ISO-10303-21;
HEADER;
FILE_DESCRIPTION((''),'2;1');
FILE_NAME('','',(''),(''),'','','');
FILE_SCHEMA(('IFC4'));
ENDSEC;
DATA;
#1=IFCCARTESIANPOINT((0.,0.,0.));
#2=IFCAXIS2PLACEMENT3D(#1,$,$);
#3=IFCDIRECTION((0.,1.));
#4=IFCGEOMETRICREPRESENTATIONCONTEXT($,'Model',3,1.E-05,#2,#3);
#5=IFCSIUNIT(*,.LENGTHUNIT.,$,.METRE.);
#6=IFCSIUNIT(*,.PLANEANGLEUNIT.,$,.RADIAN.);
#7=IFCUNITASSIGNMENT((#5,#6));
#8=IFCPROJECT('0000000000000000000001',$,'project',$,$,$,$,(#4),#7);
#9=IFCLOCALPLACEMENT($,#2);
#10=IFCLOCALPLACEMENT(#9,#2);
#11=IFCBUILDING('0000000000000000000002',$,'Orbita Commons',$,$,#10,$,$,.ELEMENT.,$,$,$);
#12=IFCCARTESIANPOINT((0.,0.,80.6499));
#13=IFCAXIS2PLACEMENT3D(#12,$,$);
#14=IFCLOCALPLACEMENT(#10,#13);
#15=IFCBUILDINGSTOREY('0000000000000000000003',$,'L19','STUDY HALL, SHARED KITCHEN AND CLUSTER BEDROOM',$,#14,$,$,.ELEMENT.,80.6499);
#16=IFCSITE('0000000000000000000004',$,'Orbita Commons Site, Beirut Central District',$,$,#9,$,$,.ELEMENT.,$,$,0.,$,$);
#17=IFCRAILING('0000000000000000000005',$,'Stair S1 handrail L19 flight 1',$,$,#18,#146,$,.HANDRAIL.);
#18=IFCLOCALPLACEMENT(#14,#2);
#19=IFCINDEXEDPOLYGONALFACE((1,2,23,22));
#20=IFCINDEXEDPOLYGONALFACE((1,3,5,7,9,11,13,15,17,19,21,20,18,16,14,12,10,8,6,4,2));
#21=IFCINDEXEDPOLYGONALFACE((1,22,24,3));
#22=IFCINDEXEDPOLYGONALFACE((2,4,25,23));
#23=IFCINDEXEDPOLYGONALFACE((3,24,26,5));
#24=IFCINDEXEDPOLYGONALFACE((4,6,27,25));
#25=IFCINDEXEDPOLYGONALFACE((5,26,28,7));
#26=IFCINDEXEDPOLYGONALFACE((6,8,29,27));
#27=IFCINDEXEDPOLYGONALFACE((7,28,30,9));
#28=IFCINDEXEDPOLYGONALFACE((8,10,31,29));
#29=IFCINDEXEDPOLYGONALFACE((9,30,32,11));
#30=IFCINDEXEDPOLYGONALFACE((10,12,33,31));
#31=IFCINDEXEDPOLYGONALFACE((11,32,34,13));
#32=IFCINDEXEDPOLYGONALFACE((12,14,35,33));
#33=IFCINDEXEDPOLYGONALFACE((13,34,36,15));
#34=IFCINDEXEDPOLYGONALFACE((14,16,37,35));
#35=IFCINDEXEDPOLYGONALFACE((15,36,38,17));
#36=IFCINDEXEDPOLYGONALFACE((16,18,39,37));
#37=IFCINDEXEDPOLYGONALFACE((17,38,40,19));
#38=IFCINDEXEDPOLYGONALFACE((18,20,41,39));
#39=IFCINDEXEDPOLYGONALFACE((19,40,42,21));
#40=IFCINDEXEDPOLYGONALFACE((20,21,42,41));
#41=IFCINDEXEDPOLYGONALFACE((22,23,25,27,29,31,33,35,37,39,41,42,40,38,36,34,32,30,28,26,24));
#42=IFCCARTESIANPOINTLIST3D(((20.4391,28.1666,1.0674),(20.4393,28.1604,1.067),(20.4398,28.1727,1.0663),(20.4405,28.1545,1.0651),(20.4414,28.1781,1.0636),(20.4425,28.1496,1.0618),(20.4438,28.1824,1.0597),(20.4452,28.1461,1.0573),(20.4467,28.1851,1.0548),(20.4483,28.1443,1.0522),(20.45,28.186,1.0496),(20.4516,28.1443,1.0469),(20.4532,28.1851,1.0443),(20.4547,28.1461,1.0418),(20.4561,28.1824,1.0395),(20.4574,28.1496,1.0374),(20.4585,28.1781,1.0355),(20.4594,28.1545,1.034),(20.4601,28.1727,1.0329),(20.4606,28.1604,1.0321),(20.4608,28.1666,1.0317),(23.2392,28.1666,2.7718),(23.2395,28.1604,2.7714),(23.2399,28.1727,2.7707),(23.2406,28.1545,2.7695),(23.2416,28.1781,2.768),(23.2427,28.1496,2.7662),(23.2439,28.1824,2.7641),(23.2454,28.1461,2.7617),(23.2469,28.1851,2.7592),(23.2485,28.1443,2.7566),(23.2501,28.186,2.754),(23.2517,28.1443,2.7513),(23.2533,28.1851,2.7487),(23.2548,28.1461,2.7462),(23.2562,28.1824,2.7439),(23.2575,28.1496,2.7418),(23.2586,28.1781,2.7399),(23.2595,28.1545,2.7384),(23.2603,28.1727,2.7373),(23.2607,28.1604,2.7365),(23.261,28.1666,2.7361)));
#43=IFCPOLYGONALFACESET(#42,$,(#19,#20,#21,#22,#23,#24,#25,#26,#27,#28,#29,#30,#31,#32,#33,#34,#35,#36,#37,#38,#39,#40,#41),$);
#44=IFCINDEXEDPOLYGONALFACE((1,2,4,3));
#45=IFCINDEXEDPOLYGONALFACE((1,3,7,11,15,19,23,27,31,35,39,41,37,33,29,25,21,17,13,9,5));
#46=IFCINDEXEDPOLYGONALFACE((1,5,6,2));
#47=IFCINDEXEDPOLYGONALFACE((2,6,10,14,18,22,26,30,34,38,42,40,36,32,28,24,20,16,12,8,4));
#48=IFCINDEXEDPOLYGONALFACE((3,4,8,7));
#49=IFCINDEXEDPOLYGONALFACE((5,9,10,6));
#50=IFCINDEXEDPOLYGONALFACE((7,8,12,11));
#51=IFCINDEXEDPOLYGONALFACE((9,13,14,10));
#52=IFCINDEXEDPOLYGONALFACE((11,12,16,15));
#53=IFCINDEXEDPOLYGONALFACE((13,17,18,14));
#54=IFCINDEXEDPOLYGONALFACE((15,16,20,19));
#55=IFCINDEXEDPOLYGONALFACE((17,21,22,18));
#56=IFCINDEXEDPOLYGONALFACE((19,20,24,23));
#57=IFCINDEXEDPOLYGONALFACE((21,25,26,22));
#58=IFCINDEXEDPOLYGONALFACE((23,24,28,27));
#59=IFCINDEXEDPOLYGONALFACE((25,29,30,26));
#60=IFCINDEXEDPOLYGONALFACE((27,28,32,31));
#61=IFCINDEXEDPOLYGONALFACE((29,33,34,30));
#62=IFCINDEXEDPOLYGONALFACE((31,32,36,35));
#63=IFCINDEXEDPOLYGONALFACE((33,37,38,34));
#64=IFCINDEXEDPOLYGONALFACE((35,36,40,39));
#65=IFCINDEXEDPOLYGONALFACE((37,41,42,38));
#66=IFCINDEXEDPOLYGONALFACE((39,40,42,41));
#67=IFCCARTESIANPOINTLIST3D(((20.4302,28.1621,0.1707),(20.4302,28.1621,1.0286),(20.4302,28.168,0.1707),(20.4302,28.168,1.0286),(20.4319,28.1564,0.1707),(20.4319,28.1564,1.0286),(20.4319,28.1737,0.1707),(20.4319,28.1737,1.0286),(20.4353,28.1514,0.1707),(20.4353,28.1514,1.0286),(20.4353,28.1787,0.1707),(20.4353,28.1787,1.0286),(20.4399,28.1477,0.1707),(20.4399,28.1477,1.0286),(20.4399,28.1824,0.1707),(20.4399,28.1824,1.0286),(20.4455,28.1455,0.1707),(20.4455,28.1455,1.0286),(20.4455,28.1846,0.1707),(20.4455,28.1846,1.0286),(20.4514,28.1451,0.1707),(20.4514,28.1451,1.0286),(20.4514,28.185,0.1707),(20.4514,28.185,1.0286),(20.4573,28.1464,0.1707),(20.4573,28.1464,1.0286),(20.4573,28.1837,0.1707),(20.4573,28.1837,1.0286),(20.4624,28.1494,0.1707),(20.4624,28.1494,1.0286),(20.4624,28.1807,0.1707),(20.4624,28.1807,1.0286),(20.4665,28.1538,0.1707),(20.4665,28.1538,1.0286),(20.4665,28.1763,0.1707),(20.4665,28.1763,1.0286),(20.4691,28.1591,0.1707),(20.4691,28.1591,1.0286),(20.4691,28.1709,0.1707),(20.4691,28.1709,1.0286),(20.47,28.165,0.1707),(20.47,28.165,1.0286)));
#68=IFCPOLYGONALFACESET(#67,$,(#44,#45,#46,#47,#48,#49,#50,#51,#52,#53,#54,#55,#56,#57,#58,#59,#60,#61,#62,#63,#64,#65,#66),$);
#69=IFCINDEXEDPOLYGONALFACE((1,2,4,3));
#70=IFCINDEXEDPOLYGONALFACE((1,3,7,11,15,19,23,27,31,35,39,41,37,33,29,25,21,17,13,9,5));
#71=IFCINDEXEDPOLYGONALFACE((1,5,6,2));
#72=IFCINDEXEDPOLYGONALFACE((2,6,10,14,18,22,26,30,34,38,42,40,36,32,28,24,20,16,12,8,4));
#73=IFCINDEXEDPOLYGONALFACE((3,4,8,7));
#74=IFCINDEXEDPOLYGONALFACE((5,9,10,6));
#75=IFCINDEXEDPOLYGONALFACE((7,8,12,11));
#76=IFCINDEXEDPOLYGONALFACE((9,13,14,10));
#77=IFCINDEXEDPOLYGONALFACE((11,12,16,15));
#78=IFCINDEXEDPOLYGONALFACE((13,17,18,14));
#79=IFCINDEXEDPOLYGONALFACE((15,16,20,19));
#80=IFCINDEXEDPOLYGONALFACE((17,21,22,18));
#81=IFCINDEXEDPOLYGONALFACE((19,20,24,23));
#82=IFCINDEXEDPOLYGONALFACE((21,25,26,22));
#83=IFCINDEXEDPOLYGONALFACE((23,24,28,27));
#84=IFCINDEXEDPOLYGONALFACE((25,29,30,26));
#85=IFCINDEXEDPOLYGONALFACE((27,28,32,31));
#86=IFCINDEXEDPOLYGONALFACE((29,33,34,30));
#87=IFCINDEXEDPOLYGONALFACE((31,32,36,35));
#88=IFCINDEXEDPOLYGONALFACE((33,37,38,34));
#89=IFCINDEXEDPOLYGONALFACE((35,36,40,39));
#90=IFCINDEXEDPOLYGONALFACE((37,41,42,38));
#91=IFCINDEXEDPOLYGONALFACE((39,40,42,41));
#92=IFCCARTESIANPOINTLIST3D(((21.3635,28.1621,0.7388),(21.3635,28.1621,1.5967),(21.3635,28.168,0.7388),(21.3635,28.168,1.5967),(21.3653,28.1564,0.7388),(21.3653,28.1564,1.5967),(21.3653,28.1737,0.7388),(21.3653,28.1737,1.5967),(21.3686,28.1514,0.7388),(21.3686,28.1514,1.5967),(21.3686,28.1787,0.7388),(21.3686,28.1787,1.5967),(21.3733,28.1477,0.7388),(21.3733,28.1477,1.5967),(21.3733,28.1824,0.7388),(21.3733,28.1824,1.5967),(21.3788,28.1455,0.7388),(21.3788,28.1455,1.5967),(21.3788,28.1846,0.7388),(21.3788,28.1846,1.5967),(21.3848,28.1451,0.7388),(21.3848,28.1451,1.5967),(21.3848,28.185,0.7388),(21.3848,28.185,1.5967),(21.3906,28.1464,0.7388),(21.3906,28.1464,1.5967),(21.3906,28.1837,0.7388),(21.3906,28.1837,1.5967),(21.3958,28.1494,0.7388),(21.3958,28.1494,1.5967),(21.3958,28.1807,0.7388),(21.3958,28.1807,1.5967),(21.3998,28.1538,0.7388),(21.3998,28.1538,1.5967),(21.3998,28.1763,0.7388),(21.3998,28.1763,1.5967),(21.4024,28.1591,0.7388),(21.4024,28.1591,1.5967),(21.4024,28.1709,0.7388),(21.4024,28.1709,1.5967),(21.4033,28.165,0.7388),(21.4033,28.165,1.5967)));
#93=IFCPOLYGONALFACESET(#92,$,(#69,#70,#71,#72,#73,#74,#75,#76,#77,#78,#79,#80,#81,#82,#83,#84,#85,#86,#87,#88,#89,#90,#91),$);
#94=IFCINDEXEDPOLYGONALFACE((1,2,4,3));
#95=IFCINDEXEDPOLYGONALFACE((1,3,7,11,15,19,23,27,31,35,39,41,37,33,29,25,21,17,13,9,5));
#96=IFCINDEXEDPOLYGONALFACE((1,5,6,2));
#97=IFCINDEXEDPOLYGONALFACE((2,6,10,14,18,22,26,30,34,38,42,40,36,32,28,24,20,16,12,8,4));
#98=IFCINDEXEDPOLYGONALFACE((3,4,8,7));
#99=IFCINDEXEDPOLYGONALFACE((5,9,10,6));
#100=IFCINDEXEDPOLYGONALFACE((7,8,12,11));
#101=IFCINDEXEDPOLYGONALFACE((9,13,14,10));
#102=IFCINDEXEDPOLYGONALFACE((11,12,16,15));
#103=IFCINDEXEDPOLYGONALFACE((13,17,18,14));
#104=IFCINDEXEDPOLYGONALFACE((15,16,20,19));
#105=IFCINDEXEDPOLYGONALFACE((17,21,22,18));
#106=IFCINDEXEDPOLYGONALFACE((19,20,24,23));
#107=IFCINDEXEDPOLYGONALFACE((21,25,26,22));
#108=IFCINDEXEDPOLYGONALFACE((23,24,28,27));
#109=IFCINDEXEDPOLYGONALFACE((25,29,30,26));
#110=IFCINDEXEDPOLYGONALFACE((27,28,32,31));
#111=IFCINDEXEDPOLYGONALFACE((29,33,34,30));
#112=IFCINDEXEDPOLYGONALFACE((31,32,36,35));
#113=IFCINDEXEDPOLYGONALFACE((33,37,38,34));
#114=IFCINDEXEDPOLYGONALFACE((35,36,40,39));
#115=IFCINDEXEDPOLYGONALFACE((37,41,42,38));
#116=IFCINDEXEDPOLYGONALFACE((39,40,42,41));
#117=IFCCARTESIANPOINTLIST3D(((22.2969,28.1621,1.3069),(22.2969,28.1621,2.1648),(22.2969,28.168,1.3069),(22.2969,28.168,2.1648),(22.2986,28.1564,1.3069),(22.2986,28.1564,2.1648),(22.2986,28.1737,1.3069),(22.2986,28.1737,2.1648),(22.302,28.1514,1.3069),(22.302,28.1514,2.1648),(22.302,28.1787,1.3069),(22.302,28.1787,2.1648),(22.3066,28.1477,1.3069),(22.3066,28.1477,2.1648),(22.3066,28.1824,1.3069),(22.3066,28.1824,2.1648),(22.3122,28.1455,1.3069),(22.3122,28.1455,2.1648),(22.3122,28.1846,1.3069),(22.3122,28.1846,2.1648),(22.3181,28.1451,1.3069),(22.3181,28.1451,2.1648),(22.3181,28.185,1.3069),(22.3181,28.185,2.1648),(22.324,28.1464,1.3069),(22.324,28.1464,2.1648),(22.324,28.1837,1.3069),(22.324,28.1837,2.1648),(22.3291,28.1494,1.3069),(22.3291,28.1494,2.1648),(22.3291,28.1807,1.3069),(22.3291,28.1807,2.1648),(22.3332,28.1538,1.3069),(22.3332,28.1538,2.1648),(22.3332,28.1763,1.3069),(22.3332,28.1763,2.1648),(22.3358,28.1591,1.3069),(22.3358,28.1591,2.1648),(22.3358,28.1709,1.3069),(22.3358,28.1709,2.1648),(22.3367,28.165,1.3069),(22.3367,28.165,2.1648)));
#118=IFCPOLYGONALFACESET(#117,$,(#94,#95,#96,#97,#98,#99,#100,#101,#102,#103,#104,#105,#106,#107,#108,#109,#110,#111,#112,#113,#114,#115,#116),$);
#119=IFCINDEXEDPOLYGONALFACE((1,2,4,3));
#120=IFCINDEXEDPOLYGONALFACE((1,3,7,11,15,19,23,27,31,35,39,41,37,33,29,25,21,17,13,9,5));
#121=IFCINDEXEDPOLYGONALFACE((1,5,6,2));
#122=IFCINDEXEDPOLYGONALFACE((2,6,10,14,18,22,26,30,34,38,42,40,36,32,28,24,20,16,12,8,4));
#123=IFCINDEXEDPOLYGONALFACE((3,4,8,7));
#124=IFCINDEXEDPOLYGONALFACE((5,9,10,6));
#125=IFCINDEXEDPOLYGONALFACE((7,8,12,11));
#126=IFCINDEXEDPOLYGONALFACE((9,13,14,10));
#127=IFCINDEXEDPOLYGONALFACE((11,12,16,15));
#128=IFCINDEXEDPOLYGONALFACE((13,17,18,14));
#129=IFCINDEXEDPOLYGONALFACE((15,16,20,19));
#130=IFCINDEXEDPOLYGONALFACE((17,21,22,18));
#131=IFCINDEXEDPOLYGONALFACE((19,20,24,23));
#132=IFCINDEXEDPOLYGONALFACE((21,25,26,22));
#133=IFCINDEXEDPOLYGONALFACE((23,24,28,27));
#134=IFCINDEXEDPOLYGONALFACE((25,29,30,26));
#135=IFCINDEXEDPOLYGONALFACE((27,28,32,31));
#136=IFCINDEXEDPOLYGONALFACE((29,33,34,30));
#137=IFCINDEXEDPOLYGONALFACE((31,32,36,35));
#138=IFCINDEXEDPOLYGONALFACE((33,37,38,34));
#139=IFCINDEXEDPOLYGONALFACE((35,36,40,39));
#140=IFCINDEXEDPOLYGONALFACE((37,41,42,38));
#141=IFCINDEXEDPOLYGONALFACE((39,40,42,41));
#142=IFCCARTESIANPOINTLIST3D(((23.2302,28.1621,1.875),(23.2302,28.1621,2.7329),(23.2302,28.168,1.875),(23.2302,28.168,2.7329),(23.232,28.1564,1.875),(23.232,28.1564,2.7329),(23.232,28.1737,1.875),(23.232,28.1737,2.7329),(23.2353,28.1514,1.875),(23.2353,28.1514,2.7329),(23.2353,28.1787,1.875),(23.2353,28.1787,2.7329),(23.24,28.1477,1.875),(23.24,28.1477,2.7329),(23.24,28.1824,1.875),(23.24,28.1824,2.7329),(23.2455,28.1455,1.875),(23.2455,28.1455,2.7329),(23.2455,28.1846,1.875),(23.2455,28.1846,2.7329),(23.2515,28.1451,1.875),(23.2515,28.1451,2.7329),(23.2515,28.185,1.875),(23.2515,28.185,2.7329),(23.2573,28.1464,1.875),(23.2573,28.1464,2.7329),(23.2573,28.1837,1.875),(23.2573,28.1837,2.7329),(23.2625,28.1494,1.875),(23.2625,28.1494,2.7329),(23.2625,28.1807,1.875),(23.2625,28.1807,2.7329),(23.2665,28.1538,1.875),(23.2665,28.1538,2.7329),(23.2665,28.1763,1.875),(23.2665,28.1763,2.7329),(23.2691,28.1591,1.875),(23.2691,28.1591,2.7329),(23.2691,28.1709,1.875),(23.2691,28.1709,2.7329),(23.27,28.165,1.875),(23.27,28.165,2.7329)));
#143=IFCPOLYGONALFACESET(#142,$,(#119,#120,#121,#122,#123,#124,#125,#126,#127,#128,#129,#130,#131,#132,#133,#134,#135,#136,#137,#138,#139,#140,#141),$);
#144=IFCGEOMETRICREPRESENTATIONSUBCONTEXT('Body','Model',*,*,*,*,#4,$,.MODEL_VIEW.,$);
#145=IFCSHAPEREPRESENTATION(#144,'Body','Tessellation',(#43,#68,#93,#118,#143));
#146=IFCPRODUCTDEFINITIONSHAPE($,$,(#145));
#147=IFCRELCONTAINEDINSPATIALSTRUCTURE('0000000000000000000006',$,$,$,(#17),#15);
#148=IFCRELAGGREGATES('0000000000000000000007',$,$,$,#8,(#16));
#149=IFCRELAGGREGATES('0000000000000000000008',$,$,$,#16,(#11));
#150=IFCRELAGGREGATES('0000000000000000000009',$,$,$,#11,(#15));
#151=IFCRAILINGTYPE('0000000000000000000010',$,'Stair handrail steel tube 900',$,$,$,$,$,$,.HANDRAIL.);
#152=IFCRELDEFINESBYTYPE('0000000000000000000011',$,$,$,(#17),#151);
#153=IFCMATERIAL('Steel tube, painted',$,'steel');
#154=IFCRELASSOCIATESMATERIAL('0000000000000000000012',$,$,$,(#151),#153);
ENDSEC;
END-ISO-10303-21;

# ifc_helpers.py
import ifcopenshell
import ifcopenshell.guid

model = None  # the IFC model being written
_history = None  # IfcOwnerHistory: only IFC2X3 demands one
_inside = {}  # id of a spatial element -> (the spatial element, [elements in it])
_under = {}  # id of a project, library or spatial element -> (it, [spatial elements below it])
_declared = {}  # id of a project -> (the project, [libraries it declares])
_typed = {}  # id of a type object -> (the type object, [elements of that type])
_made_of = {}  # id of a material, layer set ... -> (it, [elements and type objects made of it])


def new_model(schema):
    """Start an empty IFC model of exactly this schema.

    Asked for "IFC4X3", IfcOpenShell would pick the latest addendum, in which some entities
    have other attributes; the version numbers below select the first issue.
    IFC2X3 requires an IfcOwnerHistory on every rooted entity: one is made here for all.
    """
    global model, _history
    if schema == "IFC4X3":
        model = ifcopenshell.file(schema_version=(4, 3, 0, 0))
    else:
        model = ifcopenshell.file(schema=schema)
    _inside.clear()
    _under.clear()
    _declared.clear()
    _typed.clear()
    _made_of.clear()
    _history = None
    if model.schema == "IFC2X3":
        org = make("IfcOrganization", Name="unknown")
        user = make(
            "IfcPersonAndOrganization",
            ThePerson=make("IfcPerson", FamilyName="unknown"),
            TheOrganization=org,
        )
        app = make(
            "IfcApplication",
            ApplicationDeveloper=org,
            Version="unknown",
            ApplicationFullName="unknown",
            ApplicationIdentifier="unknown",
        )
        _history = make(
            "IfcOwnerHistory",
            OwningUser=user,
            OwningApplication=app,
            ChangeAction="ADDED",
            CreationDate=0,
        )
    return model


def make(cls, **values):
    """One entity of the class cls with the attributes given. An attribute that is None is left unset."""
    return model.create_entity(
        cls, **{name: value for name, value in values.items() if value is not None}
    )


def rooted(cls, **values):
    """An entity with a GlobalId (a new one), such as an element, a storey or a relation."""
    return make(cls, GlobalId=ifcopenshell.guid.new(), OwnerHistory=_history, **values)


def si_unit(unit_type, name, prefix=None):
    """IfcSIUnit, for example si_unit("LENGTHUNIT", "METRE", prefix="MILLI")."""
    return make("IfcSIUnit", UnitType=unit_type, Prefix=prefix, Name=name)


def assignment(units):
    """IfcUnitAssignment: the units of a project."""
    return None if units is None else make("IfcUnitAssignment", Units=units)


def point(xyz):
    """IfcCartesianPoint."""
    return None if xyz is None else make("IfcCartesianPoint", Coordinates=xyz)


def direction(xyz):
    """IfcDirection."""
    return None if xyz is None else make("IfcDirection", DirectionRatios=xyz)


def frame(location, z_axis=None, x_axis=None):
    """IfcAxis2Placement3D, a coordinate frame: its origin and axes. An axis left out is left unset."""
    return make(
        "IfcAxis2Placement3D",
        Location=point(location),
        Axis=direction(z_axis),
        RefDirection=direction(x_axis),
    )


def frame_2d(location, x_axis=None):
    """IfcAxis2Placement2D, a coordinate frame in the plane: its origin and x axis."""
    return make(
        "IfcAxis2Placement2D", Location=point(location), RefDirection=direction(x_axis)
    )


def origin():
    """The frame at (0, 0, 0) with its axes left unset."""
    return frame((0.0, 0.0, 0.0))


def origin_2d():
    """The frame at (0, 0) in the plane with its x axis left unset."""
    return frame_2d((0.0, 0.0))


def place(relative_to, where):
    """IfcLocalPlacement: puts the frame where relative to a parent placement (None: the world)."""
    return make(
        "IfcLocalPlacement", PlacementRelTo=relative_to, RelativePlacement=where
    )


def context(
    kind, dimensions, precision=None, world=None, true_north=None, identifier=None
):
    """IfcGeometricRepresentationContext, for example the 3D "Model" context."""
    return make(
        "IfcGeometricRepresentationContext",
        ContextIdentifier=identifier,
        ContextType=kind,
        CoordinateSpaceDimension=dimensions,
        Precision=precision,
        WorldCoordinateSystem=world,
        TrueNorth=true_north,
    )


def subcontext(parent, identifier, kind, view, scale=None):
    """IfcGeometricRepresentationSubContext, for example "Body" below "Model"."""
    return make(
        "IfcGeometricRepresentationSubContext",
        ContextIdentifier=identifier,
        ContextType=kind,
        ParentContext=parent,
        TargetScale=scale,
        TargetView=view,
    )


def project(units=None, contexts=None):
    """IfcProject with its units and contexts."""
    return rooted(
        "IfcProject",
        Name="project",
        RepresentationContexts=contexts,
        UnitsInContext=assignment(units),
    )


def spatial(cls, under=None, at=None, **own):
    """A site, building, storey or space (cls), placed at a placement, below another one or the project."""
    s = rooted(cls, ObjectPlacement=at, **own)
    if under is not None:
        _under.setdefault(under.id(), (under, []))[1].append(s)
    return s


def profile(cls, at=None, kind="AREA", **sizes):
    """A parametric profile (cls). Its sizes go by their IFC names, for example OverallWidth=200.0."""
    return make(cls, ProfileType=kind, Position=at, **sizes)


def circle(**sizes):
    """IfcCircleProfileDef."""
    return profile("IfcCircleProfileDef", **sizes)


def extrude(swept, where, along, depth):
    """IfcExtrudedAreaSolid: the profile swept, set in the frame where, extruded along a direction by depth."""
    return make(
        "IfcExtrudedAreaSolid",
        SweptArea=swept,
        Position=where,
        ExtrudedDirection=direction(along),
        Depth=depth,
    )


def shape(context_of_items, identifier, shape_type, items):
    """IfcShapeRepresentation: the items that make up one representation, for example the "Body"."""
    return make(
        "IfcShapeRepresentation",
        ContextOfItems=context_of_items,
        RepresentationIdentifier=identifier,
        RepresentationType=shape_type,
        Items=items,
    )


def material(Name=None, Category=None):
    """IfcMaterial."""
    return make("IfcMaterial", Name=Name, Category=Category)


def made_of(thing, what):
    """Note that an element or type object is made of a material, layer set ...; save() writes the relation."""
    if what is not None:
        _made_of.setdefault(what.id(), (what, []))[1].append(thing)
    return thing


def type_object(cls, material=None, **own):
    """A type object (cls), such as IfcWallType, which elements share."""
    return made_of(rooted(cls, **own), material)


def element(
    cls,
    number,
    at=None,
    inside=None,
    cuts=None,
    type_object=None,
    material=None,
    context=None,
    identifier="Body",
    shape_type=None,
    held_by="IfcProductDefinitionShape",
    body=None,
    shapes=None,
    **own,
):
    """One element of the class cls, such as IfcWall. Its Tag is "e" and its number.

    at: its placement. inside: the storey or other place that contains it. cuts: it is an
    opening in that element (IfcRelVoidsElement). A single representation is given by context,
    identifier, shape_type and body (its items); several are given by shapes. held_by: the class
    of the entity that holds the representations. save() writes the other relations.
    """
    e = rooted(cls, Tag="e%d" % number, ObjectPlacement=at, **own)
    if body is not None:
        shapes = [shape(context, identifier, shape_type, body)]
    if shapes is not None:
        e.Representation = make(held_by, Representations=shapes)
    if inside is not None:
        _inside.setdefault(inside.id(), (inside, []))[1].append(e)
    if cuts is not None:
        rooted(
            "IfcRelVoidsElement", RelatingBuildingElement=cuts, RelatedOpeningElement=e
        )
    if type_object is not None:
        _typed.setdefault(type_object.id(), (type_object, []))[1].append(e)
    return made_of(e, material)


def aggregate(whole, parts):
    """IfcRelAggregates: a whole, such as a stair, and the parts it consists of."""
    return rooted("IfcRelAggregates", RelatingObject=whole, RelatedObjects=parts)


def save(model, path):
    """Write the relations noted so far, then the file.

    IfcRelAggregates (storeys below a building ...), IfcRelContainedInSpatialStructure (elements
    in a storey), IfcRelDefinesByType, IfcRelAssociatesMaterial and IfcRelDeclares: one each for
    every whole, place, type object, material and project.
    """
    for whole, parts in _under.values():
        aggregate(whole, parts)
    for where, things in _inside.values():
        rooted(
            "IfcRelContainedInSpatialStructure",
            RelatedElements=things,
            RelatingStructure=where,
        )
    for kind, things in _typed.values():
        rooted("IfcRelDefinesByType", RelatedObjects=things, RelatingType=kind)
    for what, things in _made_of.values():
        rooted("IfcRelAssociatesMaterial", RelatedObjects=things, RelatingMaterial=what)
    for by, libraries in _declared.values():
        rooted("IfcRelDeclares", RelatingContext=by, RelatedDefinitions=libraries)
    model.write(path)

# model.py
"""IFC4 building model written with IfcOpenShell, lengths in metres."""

from ifc_helpers import new_model, si_unit, direction, frame, origin, origin_2d, place, context, subcontext, project, spatial, circle, extrude, material, type_object, element, save


model = new_model("IFC4")

# Units and contexts
model_context = context("Model", 3, precision=1e-05, world=origin(), true_north=direction((0.0, 1.0)))
body_context = subcontext(model_context, "Body", "Model", "MODEL_VIEW")
ifc_project = project(units=[si_unit("LENGTHUNIT", "METRE"), si_unit("PLANEANGLEUNIT", "RADIAN")], contexts=[model_context])

# Site, building, storey
site_placement = place(None, origin())
site = spatial("IfcSite", under=ifc_project, at=site_placement, Name="Orbita Commons Site, Beirut Central District", CompositionType="ELEMENT", RefElevation=0.0)
building_placement = place(site_placement, origin())
building = spatial("IfcBuilding", under=site, at=building_placement, Name="Orbita Commons", CompositionType="ELEMENT")
storey_placement = place(building_placement, frame((0.0, 0.0, 80.6499)))
storey = spatial("IfcBuildingStorey", under=building, at=storey_placement, Name="L19", Description="STUDY HALL, SHARED KITCHEN AND CLUSTER BEDROOM", CompositionType="ELEMENT", Elevation=80.6499)

# Railing
ifc_material_1 = material(Name="Steel tube, painted", Category="steel")
railing_type = type_object("IfcRailingType", Name="Stair handrail steel tube 900", PredefinedType="HANDRAIL", material=ifc_material_1)
for number, where, name in (
    (1, (20.45, 28.165, 0.1707), "Stair S1 handrail L19 flight 1"),
):
    element("IfcRailing", number, at=place(storey_placement, frame(where)), inside=storey, type_object=railing_type, Name=name, PredefinedType="HANDRAIL", context=body_context, shape_type="SweptSolid", body=[
        extrude(circle(Radius=0.021, at=origin_2d()), frame((0.0, 0.0, 0.8789), z_axis=(0.854203, 0.0, 0.51994), x_axis=(0.0, 1.0, 0.0)), (0.0, 0.0, 1.0), 3.2781),
        extrude(circle(Radius=0.02, at=origin_2d()), origin(), (0.0, 0.0, 1.0), 0.8579),
        extrude(circle(Radius=0.02, at=origin_2d()), frame((0.9333, 0.0, 0.5681)), (0.0, 0.0, 1.0), 0.8579),
        extrude(circle(Radius=0.02, at=origin_2d()), frame((1.8667, 0.0, 1.1362)), (0.0, 0.0, 1.0), 0.8579),
        extrude(circle(Radius=0.02, at=origin_2d()), frame((2.8, 0.0, 1.7043)), (0.0, 0.0, 1.0), 0.8579),
    ])

save(model, "model.ifc")
